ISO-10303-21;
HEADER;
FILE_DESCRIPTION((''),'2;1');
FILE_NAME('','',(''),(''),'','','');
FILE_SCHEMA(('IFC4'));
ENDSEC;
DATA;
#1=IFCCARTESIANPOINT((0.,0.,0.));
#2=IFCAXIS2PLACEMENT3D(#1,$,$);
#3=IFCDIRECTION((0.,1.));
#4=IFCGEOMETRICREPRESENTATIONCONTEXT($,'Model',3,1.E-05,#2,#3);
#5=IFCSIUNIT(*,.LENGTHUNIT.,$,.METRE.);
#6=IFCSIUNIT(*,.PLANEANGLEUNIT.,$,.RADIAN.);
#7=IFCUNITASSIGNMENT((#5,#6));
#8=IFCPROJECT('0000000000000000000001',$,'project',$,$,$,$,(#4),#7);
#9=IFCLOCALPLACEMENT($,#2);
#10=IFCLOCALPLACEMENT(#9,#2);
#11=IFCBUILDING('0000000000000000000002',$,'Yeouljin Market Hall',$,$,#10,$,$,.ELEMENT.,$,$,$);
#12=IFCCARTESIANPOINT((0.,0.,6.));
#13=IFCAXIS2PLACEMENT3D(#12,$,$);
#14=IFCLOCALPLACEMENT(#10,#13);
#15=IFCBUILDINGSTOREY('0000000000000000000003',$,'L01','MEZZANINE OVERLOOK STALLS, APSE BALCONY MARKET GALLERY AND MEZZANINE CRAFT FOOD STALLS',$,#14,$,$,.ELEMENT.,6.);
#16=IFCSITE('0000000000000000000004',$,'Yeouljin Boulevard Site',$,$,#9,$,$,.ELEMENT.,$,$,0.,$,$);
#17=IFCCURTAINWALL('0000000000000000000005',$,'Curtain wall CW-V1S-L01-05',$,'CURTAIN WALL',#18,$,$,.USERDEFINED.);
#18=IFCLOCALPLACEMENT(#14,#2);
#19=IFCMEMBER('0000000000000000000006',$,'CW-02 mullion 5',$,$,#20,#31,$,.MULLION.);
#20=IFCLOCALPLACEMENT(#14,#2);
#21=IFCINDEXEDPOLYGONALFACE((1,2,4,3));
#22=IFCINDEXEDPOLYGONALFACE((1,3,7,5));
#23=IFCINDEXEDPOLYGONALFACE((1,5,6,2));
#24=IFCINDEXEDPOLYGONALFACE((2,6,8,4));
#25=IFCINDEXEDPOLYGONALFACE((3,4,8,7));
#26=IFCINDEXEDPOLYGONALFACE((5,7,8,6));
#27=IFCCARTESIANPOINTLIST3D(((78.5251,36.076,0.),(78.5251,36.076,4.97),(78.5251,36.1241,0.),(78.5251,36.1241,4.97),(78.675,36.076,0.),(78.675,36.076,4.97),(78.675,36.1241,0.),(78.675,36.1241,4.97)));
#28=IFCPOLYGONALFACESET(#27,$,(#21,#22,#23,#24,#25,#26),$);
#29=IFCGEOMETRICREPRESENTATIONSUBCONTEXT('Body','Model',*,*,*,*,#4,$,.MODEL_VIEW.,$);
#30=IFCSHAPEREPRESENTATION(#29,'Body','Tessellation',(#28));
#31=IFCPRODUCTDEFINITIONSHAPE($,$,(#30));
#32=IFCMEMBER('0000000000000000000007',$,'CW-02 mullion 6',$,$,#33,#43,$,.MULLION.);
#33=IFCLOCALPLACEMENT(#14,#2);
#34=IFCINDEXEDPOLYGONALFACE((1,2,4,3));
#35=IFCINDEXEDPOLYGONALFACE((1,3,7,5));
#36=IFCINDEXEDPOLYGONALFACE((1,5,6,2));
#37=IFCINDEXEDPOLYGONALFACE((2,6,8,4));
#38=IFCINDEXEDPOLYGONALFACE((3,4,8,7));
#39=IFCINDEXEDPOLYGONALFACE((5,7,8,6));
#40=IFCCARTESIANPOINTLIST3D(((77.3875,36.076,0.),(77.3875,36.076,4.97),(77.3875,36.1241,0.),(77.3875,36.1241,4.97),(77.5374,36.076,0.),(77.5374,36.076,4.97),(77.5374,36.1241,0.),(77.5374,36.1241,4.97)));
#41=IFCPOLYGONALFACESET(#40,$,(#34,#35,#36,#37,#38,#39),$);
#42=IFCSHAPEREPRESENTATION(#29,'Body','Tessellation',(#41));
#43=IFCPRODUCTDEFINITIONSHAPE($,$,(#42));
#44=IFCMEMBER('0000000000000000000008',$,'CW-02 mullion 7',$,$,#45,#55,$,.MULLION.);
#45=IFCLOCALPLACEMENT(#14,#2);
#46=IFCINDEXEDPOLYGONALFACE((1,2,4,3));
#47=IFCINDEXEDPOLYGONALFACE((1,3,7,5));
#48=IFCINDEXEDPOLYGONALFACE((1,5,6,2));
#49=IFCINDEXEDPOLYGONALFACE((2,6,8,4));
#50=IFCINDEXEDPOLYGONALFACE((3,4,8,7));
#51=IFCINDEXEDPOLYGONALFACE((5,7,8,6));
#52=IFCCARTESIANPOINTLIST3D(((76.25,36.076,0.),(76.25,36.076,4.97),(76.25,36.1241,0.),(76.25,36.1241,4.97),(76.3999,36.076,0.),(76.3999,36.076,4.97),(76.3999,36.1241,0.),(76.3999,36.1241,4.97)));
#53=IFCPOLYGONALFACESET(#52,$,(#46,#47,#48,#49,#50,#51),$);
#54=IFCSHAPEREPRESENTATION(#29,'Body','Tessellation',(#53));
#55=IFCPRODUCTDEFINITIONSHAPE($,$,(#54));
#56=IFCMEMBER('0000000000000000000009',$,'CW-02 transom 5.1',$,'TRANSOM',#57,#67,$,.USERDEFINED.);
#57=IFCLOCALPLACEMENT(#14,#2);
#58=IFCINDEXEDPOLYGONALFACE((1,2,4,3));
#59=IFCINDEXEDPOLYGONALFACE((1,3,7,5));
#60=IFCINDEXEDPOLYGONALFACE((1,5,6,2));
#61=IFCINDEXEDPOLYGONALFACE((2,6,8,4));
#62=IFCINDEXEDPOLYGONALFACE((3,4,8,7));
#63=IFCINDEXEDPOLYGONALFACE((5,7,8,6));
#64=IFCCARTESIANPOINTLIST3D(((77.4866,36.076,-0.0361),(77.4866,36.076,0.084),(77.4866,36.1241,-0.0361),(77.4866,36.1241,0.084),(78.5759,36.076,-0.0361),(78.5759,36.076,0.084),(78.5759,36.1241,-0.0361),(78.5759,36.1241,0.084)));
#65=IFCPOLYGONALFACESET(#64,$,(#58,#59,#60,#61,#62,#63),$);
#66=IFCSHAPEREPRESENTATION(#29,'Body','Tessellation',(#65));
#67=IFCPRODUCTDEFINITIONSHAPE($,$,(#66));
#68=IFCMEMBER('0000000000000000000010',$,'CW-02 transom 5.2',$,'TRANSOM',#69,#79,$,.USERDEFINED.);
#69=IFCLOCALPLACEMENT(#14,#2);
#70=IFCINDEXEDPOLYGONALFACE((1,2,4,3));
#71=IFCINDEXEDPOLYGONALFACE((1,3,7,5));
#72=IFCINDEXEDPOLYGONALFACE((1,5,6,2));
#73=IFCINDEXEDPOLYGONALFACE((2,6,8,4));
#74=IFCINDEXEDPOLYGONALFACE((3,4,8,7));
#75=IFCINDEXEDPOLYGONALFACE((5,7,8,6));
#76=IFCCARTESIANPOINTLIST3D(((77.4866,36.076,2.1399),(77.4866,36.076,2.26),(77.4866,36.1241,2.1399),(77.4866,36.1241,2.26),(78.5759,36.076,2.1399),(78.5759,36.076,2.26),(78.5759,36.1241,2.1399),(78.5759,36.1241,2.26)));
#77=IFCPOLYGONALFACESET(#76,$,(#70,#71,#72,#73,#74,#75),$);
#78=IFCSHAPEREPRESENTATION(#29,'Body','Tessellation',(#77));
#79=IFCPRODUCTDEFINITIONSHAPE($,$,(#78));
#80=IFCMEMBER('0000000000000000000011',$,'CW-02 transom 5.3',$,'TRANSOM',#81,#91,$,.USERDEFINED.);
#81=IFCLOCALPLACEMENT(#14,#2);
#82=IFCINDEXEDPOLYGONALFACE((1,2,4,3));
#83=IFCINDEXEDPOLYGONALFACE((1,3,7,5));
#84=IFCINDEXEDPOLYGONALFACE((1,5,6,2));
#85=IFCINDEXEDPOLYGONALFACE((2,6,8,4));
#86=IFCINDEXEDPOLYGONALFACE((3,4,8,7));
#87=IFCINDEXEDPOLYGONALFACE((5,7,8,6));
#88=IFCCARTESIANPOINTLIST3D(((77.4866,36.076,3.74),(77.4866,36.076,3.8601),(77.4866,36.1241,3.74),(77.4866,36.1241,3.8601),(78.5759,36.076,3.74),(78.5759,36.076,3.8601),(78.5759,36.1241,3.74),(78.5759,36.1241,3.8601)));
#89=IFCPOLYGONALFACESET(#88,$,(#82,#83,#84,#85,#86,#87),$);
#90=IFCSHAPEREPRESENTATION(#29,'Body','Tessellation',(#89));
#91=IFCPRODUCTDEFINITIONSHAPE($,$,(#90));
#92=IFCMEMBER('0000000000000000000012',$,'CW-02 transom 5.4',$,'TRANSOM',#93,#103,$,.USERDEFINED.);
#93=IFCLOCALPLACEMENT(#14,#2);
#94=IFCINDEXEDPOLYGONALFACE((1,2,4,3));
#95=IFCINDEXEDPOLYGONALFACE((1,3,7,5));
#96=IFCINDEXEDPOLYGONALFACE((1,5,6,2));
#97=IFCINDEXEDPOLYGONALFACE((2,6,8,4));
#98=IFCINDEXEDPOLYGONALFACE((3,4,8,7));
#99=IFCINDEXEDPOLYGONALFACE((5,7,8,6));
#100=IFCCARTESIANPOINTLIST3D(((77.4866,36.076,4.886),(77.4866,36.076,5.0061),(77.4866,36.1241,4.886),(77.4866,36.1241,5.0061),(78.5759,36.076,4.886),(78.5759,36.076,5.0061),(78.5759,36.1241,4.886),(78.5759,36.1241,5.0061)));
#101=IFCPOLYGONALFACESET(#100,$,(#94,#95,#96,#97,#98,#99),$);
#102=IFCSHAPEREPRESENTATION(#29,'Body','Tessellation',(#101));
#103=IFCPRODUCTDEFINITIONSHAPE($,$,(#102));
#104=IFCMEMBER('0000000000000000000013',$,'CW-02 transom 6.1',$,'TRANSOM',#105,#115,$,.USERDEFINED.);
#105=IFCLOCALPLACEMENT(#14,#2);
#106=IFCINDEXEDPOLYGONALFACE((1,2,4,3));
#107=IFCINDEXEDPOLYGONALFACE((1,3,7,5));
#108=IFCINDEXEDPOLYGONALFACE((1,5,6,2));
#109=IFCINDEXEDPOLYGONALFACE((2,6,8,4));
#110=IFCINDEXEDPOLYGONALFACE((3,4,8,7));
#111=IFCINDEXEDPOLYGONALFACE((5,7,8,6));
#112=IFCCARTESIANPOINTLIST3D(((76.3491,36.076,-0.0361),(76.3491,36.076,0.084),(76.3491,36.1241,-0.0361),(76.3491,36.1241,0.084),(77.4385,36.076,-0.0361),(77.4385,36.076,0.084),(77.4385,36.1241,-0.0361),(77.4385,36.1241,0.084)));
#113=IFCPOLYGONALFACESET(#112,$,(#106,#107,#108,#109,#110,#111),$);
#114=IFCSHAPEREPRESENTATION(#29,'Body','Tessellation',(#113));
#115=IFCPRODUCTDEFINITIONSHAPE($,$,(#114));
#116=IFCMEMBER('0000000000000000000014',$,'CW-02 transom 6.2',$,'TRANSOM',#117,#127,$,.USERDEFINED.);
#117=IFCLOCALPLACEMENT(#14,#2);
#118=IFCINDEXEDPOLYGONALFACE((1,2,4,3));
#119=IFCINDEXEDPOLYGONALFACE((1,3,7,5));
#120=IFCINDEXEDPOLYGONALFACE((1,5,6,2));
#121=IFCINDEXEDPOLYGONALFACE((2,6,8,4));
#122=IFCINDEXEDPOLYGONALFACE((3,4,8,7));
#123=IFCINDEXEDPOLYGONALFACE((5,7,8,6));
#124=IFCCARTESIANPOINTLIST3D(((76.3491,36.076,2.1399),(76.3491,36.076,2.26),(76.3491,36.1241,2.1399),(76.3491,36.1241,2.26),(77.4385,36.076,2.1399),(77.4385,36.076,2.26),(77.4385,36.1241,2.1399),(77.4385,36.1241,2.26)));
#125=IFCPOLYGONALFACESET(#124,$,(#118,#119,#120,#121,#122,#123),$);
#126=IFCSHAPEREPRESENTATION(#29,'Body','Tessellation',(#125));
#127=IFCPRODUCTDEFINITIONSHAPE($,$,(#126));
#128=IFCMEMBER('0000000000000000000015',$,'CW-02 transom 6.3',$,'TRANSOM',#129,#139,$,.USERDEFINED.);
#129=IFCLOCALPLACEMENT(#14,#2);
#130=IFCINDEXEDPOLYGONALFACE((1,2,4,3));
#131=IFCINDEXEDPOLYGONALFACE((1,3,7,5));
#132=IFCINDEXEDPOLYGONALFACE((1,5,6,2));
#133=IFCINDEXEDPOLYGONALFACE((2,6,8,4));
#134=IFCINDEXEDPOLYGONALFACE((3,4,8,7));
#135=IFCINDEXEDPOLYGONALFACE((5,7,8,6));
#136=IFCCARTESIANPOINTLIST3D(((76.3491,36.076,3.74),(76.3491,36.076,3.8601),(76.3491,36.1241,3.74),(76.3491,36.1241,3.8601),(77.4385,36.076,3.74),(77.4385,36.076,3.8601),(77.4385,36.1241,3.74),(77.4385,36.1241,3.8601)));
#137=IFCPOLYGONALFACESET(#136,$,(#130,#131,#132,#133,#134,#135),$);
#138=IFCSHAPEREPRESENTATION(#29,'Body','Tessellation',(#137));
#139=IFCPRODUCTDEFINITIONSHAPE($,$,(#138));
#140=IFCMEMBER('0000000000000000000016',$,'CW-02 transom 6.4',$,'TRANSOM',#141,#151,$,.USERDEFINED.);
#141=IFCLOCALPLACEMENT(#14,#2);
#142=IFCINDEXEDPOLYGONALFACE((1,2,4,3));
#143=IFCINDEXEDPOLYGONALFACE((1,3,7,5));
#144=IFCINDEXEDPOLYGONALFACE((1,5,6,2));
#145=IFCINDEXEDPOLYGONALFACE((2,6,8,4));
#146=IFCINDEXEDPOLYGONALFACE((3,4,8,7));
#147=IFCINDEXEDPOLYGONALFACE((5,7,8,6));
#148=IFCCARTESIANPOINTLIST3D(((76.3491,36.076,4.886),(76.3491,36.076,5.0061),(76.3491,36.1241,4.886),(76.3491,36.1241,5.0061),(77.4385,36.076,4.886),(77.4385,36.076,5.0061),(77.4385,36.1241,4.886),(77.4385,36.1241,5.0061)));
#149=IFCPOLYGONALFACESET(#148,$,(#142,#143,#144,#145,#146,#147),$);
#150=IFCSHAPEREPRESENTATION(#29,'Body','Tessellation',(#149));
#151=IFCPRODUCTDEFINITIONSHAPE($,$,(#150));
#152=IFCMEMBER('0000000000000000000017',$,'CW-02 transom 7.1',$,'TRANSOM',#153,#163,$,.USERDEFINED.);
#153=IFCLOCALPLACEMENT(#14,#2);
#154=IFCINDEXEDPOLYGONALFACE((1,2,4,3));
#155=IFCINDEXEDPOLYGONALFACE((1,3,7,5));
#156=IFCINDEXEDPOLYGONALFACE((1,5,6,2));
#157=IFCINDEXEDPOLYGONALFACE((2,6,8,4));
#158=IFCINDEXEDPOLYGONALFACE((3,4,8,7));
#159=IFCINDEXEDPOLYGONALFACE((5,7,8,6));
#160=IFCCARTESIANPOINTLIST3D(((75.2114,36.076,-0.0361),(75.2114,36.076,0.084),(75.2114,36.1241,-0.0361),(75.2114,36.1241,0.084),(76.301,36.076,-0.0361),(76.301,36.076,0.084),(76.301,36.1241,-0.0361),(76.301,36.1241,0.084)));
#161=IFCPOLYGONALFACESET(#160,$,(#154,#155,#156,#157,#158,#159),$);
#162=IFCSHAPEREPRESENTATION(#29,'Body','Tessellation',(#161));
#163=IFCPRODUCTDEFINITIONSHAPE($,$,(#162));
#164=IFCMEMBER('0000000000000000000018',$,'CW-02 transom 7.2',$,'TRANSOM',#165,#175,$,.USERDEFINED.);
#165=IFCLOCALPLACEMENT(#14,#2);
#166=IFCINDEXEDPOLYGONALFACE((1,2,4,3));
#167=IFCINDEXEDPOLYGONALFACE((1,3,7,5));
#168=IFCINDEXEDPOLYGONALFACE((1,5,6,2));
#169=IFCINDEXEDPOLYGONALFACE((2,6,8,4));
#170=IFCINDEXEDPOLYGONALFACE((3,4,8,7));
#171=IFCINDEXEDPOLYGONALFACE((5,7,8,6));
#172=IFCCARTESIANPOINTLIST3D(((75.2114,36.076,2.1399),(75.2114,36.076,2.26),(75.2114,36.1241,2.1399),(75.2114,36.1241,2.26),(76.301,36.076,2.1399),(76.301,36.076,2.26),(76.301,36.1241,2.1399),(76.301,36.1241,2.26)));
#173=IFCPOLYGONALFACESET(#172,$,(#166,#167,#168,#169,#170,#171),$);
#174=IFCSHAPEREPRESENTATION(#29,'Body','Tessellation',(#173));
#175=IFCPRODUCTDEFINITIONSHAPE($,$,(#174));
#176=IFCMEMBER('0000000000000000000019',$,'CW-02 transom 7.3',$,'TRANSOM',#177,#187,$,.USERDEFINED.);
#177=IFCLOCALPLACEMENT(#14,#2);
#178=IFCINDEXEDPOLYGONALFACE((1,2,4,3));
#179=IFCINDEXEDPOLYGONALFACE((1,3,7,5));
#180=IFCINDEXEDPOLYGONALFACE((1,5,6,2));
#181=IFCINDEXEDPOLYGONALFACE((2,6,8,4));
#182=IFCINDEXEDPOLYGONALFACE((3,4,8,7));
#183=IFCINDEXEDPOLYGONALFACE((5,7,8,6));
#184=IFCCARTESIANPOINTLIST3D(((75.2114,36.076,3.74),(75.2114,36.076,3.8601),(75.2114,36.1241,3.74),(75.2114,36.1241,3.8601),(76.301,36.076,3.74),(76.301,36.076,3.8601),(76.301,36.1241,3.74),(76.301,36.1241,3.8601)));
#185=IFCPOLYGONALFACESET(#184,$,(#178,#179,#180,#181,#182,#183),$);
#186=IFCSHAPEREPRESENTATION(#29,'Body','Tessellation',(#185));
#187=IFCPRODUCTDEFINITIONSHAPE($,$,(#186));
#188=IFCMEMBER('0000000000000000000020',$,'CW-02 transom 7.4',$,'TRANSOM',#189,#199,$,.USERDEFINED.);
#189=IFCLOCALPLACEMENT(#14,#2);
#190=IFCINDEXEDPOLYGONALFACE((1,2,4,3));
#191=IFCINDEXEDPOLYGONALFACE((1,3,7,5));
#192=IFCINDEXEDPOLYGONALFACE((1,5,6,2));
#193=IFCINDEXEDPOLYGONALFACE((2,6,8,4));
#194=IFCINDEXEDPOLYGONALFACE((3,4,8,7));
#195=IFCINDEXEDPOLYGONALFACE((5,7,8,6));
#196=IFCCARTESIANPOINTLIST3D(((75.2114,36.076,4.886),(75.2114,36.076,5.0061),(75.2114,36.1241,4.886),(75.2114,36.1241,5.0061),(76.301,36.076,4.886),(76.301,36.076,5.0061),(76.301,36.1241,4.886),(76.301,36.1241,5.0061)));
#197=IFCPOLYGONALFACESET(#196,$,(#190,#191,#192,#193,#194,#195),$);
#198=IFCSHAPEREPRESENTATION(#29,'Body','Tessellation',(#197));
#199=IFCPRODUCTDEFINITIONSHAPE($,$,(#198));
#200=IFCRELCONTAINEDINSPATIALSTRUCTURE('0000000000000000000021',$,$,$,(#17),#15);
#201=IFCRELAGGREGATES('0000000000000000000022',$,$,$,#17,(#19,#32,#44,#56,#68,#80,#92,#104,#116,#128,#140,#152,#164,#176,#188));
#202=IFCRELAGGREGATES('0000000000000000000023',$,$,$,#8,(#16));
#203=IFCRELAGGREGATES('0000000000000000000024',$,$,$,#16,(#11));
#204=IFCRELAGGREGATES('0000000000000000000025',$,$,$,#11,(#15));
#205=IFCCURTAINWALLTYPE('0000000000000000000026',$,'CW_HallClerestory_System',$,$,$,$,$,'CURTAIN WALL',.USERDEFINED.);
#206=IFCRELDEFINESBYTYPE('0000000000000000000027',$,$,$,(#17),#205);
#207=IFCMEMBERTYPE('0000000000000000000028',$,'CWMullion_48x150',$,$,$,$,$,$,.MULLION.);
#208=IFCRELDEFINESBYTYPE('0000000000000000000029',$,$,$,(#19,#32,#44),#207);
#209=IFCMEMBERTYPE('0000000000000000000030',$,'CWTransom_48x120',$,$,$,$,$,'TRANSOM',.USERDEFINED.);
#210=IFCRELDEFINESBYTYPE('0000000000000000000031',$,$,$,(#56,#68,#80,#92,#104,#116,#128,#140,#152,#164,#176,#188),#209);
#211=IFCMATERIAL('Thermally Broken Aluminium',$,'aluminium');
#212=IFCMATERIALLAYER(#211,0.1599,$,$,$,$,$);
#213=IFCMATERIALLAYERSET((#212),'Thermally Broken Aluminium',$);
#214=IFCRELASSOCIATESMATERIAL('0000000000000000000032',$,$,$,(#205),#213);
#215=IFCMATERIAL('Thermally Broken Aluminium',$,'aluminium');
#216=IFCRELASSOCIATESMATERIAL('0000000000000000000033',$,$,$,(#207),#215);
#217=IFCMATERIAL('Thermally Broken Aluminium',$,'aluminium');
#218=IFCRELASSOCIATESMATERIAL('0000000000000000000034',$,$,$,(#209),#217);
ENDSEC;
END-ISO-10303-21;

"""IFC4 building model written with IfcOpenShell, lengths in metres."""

from ifc_helpers import new_model, si_unit, direction, frame, origin, origin_2d, place, context, subcontext, project, spatial, rectangle, extrude, material, layer, layer_set, material_profile, profile_set, type_object, element, aggregate, save


model = new_model("IFC4")

# Units and contexts
model_context = context("Model", 3, precision=1e-05, world=origin(), true_north=direction((0.0, 1.0)))
body_context = subcontext(model_context, "Body", "Model", "MODEL_VIEW")
ifc_project = project(units=[si_unit("LENGTHUNIT", "METRE"), si_unit("PLANEANGLEUNIT", "RADIAN")], contexts=[model_context])

# Site, building, storey
site_placement = place(None, origin())
site = spatial("IfcSite", under=ifc_project, at=site_placement, Name="Yeouljin Boulevard Site", CompositionType="ELEMENT", RefElevation=0.0)
building_placement = place(site_placement, origin())
building = spatial("IfcBuilding", under=site, at=building_placement, Name="Yeouljin Market Hall", CompositionType="ELEMENT")
storey_placement = place(building_placement, frame((0.0, 0.0, 6.0)))
storey = spatial("IfcBuildingStorey", under=building, at=storey_placement, Name="L01", Description="MEZZANINE OVERLOOK STALLS, APSE BALCONY MARKET GALLERY AND MEZZANINE CRAFT FOOD STALLS", CompositionType="ELEMENT", Elevation=6.0)

# Curtain wall, members
ifc_material_1 = material(Name="Thermally Broken Aluminium", Category="aluminium")
ifc_layer_1 = layer(ifc_material_1, 0.1599)
ifc_layer_set_1 = layer_set([ifc_layer_1], Name="Thermally Broken Aluminium")
curtain_wall_type = type_object("IfcCurtainWallType", Name="CW_HallClerestory_System", ElementType="CURTAIN WALL", PredefinedType="USERDEFINED", material=ifc_layer_set_1)
curtain_wall_placement = place(storey_placement, origin())
curtain_wall = element("IfcCurtainWall", 1, at=curtain_wall_placement, inside=storey, type_object=curtain_wall_type, Name="Curtain wall CW-V1S-L01-05", ObjectType="CURTAIN WALL", PredefinedType="USERDEFINED")
ifc_material_2 = material(Name="Thermally Broken Aluminium", Category="aluminium")
ifc_material_profile_1 = material_profile(ifc_material_2, rectangle(XDim=0.0481, YDim=0.1499, at=origin_2d()), Name="CW-MULL-48x150")
ifc_profile_set_1 = profile_set([ifc_material_profile_1], Name="Thermally Broken Aluminium")
member_type_1 = type_object("IfcMemberType", Name="CWMullion_48x150", PredefinedType="MULLION", material=ifc_profile_set_1)
member_1_placement = place(storey_placement, frame((78.6001, 36.1001, 0.0), z_axis=(0.0, 0.0, 1.0), x_axis=(0.0, -1.0, 0.0)))
member_1 = element("IfcMember", 2, at=member_1_placement, type_object=member_type_1, Name="CW-02 mullion 5", PredefinedType="MULLION", context=body_context, shape_type="SweptSolid", body=[
    extrude(rectangle(XDim=0.0481, YDim=0.1499, at=origin_2d()), origin(), (0.0, 0.0, 1.0), 4.97),
])
member_2_placement = place(storey_placement, frame((77.4624, 36.1001, 0.0), z_axis=(0.0, 0.0, 1.0), x_axis=(0.0, -1.0, 0.0)))
member_2 = element("IfcMember", 3, at=member_2_placement, type_object=member_type_1, Name="CW-02 mullion 6", PredefinedType="MULLION", context=body_context, shape_type="SweptSolid", body=[
    extrude(rectangle(XDim=0.0481, YDim=0.1499, at=origin_2d()), origin(), (0.0, 0.0, 1.0), 4.97),
])
member_3_placement = place(storey_placement, frame((76.325, 36.1001, 0.0), z_axis=(0.0, 0.0, 1.0), x_axis=(0.0, -1.0, 0.0)))
member_3 = element("IfcMember", 4, at=member_3_placement, type_object=member_type_1, Name="CW-02 mullion 7", PredefinedType="MULLION", context=body_context, shape_type="SweptSolid", body=[
    extrude(rectangle(XDim=0.0481, YDim=0.1499, at=origin_2d()), origin(), (0.0, 0.0, 1.0), 4.97),
])
ifc_material_3 = material(Name="Thermally Broken Aluminium", Category="aluminium")
ifc_material_profile_2 = material_profile(ifc_material_3, rectangle(XDim=0.0481, YDim=0.1201, at=origin_2d()), Name="CW-TRAN-48x120")
ifc_profile_set_2 = profile_set([ifc_material_profile_2], Name="Thermally Broken Aluminium")
member_type_2 = type_object("IfcMemberType", Name="CWTransom_48x120", ElementType="TRANSOM", PredefinedType="USERDEFINED", material=ifc_profile_set_2)
member_4_placement = place(storey_placement, frame((78.5759, 36.1001, 0.0239), z_axis=(-1.0, 0.0, 0.0), x_axis=(0.0, -1.0, 0.0)))
member_4 = element("IfcMember", 5, at=member_4_placement, type_object=member_type_2, Name="CW-02 transom 5.1", ObjectType="TRANSOM", PredefinedType="USERDEFINED", context=body_context, shape_type="SweptSolid", body=[
    extrude(rectangle(XDim=0.0481, YDim=0.1201, at=origin_2d()), origin(), (0.0, 0.0, 1.0), 1.0894),
])
member_5_placement = place(storey_placement, frame((78.5759, 36.1001, 2.2), z_axis=(-1.0, 0.0, 0.0), x_axis=(0.0, -1.0, 0.0)))
member_5 = element("IfcMember", 6, at=member_5_placement, type_object=member_type_2, Name="CW-02 transom 5.2", ObjectType="TRANSOM", PredefinedType="USERDEFINED", context=body_context, shape_type="SweptSolid", body=[
    extrude(rectangle(XDim=0.0481, YDim=0.1201, at=origin_2d()), origin(), (0.0, 0.0, 1.0), 1.0894),
])
member_6_placement = place(storey_placement, frame((78.5759, 36.1001, 3.8), z_axis=(-1.0, 0.0, 0.0), x_axis=(0.0, -1.0, 0.0)))
member_6 = element("IfcMember", 7, at=member_6_placement, type_object=member_type_2, Name="CW-02 transom 5.3", ObjectType="TRANSOM", PredefinedType="USERDEFINED", context=body_context, shape_type="SweptSolid", body=[
    extrude(rectangle(XDim=0.0481, YDim=0.1201, at=origin_2d()), origin(), (0.0, 0.0, 1.0), 1.0894),
])
member_7_placement = place(storey_placement, frame((78.5759, 36.1001, 4.946), z_axis=(-1.0, 0.0, 0.0), x_axis=(0.0, -1.0, 0.0)))
member_7 = element("IfcMember", 8, at=member_7_placement, type_object=member_type_2, Name="CW-02 transom 5.4", ObjectType="TRANSOM", PredefinedType="USERDEFINED", context=body_context, shape_type="SweptSolid", body=[
    extrude(rectangle(XDim=0.0481, YDim=0.1201, at=origin_2d()), origin(), (0.0, 0.0, 1.0), 1.0894),
])
member_8_placement = place(storey_placement, frame((77.4385, 36.1001, 0.0239), z_axis=(-1.0, 0.0, 0.0), x_axis=(0.0, -1.0, 0.0)))
member_8 = element("IfcMember", 9, at=member_8_placement, type_object=member_type_2, Name="CW-02 transom 6.1", ObjectType="TRANSOM", PredefinedType="USERDEFINED", context=body_context, shape_type="SweptSolid", body=[
    extrude(rectangle(XDim=0.0481, YDim=0.1201, at=origin_2d()), origin(), (0.0, 0.0, 1.0), 1.0894),
])
member_9_placement = place(storey_placement, frame((77.4385, 36.1001, 2.2), z_axis=(-1.0, 0.0, 0.0), x_axis=(0.0, -1.0, 0.0)))
member_9 = element("IfcMember", 10, at=member_9_placement, type_object=member_type_2, Name="CW-02 transom 6.2", ObjectType="TRANSOM", PredefinedType="USERDEFINED", context=body_context, shape_type="SweptSolid", body=[
    extrude(rectangle(XDim=0.0481, YDim=0.1201, at=origin_2d()), origin(), (0.0, 0.0, 1.0), 1.0894),
])
member_10_placement = place(storey_placement, frame((77.4385, 36.1001, 3.8), z_axis=(-1.0, 0.0, 0.0), x_axis=(0.0, -1.0, 0.0)))
member_10 = element("IfcMember", 11, at=member_10_placement, type_object=member_type_2, Name="CW-02 transom 6.3", ObjectType="TRANSOM", PredefinedType="USERDEFINED", context=body_context, shape_type="SweptSolid", body=[
    extrude(rectangle(XDim=0.0481, YDim=0.1201, at=origin_2d()), origin(), (0.0, 0.0, 1.0), 1.0894),
])
member_11_placement = place(storey_placement, frame((77.4385, 36.1001, 4.946), z_axis=(-1.0, 0.0, 0.0), x_axis=(0.0, -1.0, 0.0)))
member_11 = element("IfcMember", 12, at=member_11_placement, type_object=member_type_2, Name="CW-02 transom 6.4", ObjectType="TRANSOM", PredefinedType="USERDEFINED", context=body_context, shape_type="SweptSolid", body=[
    extrude(rectangle(XDim=0.0481, YDim=0.1201, at=origin_2d()), origin(), (0.0, 0.0, 1.0), 1.0894),
])
member_12_placement = place(storey_placement, frame((76.301, 36.1001, 0.0239), z_axis=(-1.0, 0.0, 0.0), x_axis=(0.0, -1.0, 0.0)))
member_12 = element("IfcMember", 13, at=member_12_placement, type_object=member_type_2, Name="CW-02 transom 7.1", ObjectType="TRANSOM", PredefinedType="USERDEFINED", context=body_context, shape_type="SweptSolid", body=[
    extrude(rectangle(XDim=0.0481, YDim=0.1201, at=origin_2d()), origin(), (0.0, 0.0, 1.0), 1.0896),
])
member_13_placement = place(storey_placement, frame((76.301, 36.1001, 2.2), z_axis=(-1.0, 0.0, 0.0), x_axis=(0.0, -1.0, 0.0)))
member_13 = element("IfcMember", 14, at=member_13_placement, type_object=member_type_2, Name="CW-02 transom 7.2", ObjectType="TRANSOM", PredefinedType="USERDEFINED", context=body_context, shape_type="SweptSolid", body=[
    extrude(rectangle(XDim=0.0481, YDim=0.1201, at=origin_2d()), origin(), (0.0, 0.0, 1.0), 1.0896),
])
member_14_placement = place(storey_placement, frame((76.301, 36.1001, 3.8), z_axis=(-1.0, 0.0, 0.0), x_axis=(0.0, -1.0, 0.0)))
member_14 = element("IfcMember", 15, at=member_14_placement, type_object=member_type_2, Name="CW-02 transom 7.3", ObjectType="TRANSOM", PredefinedType="USERDEFINED", context=body_context, shape_type="SweptSolid", body=[
    extrude(rectangle(XDim=0.0481, YDim=0.1201, at=origin_2d()), origin(), (0.0, 0.0, 1.0), 1.0896),
])
member_15_placement = place(storey_placement, frame((76.301, 36.1001, 4.946), z_axis=(-1.0, 0.0, 0.0), x_axis=(0.0, -1.0, 0.0)))
member_15 = element("IfcMember", 16, at=member_15_placement, type_object=member_type_2, Name="CW-02 transom 7.4", ObjectType="TRANSOM", PredefinedType="USERDEFINED", context=body_context, shape_type="SweptSolid", body=[
    extrude(rectangle(XDim=0.0481, YDim=0.1201, at=origin_2d()), origin(), (0.0, 0.0, 1.0), 1.0896),
])
aggregate(curtain_wall, [member_1, member_2, member_3, member_4, member_5, member_6, member_7, member_8, member_9, member_10, member_11, member_12, member_13, member_14, member_15])

save(model, "model.ifc")
